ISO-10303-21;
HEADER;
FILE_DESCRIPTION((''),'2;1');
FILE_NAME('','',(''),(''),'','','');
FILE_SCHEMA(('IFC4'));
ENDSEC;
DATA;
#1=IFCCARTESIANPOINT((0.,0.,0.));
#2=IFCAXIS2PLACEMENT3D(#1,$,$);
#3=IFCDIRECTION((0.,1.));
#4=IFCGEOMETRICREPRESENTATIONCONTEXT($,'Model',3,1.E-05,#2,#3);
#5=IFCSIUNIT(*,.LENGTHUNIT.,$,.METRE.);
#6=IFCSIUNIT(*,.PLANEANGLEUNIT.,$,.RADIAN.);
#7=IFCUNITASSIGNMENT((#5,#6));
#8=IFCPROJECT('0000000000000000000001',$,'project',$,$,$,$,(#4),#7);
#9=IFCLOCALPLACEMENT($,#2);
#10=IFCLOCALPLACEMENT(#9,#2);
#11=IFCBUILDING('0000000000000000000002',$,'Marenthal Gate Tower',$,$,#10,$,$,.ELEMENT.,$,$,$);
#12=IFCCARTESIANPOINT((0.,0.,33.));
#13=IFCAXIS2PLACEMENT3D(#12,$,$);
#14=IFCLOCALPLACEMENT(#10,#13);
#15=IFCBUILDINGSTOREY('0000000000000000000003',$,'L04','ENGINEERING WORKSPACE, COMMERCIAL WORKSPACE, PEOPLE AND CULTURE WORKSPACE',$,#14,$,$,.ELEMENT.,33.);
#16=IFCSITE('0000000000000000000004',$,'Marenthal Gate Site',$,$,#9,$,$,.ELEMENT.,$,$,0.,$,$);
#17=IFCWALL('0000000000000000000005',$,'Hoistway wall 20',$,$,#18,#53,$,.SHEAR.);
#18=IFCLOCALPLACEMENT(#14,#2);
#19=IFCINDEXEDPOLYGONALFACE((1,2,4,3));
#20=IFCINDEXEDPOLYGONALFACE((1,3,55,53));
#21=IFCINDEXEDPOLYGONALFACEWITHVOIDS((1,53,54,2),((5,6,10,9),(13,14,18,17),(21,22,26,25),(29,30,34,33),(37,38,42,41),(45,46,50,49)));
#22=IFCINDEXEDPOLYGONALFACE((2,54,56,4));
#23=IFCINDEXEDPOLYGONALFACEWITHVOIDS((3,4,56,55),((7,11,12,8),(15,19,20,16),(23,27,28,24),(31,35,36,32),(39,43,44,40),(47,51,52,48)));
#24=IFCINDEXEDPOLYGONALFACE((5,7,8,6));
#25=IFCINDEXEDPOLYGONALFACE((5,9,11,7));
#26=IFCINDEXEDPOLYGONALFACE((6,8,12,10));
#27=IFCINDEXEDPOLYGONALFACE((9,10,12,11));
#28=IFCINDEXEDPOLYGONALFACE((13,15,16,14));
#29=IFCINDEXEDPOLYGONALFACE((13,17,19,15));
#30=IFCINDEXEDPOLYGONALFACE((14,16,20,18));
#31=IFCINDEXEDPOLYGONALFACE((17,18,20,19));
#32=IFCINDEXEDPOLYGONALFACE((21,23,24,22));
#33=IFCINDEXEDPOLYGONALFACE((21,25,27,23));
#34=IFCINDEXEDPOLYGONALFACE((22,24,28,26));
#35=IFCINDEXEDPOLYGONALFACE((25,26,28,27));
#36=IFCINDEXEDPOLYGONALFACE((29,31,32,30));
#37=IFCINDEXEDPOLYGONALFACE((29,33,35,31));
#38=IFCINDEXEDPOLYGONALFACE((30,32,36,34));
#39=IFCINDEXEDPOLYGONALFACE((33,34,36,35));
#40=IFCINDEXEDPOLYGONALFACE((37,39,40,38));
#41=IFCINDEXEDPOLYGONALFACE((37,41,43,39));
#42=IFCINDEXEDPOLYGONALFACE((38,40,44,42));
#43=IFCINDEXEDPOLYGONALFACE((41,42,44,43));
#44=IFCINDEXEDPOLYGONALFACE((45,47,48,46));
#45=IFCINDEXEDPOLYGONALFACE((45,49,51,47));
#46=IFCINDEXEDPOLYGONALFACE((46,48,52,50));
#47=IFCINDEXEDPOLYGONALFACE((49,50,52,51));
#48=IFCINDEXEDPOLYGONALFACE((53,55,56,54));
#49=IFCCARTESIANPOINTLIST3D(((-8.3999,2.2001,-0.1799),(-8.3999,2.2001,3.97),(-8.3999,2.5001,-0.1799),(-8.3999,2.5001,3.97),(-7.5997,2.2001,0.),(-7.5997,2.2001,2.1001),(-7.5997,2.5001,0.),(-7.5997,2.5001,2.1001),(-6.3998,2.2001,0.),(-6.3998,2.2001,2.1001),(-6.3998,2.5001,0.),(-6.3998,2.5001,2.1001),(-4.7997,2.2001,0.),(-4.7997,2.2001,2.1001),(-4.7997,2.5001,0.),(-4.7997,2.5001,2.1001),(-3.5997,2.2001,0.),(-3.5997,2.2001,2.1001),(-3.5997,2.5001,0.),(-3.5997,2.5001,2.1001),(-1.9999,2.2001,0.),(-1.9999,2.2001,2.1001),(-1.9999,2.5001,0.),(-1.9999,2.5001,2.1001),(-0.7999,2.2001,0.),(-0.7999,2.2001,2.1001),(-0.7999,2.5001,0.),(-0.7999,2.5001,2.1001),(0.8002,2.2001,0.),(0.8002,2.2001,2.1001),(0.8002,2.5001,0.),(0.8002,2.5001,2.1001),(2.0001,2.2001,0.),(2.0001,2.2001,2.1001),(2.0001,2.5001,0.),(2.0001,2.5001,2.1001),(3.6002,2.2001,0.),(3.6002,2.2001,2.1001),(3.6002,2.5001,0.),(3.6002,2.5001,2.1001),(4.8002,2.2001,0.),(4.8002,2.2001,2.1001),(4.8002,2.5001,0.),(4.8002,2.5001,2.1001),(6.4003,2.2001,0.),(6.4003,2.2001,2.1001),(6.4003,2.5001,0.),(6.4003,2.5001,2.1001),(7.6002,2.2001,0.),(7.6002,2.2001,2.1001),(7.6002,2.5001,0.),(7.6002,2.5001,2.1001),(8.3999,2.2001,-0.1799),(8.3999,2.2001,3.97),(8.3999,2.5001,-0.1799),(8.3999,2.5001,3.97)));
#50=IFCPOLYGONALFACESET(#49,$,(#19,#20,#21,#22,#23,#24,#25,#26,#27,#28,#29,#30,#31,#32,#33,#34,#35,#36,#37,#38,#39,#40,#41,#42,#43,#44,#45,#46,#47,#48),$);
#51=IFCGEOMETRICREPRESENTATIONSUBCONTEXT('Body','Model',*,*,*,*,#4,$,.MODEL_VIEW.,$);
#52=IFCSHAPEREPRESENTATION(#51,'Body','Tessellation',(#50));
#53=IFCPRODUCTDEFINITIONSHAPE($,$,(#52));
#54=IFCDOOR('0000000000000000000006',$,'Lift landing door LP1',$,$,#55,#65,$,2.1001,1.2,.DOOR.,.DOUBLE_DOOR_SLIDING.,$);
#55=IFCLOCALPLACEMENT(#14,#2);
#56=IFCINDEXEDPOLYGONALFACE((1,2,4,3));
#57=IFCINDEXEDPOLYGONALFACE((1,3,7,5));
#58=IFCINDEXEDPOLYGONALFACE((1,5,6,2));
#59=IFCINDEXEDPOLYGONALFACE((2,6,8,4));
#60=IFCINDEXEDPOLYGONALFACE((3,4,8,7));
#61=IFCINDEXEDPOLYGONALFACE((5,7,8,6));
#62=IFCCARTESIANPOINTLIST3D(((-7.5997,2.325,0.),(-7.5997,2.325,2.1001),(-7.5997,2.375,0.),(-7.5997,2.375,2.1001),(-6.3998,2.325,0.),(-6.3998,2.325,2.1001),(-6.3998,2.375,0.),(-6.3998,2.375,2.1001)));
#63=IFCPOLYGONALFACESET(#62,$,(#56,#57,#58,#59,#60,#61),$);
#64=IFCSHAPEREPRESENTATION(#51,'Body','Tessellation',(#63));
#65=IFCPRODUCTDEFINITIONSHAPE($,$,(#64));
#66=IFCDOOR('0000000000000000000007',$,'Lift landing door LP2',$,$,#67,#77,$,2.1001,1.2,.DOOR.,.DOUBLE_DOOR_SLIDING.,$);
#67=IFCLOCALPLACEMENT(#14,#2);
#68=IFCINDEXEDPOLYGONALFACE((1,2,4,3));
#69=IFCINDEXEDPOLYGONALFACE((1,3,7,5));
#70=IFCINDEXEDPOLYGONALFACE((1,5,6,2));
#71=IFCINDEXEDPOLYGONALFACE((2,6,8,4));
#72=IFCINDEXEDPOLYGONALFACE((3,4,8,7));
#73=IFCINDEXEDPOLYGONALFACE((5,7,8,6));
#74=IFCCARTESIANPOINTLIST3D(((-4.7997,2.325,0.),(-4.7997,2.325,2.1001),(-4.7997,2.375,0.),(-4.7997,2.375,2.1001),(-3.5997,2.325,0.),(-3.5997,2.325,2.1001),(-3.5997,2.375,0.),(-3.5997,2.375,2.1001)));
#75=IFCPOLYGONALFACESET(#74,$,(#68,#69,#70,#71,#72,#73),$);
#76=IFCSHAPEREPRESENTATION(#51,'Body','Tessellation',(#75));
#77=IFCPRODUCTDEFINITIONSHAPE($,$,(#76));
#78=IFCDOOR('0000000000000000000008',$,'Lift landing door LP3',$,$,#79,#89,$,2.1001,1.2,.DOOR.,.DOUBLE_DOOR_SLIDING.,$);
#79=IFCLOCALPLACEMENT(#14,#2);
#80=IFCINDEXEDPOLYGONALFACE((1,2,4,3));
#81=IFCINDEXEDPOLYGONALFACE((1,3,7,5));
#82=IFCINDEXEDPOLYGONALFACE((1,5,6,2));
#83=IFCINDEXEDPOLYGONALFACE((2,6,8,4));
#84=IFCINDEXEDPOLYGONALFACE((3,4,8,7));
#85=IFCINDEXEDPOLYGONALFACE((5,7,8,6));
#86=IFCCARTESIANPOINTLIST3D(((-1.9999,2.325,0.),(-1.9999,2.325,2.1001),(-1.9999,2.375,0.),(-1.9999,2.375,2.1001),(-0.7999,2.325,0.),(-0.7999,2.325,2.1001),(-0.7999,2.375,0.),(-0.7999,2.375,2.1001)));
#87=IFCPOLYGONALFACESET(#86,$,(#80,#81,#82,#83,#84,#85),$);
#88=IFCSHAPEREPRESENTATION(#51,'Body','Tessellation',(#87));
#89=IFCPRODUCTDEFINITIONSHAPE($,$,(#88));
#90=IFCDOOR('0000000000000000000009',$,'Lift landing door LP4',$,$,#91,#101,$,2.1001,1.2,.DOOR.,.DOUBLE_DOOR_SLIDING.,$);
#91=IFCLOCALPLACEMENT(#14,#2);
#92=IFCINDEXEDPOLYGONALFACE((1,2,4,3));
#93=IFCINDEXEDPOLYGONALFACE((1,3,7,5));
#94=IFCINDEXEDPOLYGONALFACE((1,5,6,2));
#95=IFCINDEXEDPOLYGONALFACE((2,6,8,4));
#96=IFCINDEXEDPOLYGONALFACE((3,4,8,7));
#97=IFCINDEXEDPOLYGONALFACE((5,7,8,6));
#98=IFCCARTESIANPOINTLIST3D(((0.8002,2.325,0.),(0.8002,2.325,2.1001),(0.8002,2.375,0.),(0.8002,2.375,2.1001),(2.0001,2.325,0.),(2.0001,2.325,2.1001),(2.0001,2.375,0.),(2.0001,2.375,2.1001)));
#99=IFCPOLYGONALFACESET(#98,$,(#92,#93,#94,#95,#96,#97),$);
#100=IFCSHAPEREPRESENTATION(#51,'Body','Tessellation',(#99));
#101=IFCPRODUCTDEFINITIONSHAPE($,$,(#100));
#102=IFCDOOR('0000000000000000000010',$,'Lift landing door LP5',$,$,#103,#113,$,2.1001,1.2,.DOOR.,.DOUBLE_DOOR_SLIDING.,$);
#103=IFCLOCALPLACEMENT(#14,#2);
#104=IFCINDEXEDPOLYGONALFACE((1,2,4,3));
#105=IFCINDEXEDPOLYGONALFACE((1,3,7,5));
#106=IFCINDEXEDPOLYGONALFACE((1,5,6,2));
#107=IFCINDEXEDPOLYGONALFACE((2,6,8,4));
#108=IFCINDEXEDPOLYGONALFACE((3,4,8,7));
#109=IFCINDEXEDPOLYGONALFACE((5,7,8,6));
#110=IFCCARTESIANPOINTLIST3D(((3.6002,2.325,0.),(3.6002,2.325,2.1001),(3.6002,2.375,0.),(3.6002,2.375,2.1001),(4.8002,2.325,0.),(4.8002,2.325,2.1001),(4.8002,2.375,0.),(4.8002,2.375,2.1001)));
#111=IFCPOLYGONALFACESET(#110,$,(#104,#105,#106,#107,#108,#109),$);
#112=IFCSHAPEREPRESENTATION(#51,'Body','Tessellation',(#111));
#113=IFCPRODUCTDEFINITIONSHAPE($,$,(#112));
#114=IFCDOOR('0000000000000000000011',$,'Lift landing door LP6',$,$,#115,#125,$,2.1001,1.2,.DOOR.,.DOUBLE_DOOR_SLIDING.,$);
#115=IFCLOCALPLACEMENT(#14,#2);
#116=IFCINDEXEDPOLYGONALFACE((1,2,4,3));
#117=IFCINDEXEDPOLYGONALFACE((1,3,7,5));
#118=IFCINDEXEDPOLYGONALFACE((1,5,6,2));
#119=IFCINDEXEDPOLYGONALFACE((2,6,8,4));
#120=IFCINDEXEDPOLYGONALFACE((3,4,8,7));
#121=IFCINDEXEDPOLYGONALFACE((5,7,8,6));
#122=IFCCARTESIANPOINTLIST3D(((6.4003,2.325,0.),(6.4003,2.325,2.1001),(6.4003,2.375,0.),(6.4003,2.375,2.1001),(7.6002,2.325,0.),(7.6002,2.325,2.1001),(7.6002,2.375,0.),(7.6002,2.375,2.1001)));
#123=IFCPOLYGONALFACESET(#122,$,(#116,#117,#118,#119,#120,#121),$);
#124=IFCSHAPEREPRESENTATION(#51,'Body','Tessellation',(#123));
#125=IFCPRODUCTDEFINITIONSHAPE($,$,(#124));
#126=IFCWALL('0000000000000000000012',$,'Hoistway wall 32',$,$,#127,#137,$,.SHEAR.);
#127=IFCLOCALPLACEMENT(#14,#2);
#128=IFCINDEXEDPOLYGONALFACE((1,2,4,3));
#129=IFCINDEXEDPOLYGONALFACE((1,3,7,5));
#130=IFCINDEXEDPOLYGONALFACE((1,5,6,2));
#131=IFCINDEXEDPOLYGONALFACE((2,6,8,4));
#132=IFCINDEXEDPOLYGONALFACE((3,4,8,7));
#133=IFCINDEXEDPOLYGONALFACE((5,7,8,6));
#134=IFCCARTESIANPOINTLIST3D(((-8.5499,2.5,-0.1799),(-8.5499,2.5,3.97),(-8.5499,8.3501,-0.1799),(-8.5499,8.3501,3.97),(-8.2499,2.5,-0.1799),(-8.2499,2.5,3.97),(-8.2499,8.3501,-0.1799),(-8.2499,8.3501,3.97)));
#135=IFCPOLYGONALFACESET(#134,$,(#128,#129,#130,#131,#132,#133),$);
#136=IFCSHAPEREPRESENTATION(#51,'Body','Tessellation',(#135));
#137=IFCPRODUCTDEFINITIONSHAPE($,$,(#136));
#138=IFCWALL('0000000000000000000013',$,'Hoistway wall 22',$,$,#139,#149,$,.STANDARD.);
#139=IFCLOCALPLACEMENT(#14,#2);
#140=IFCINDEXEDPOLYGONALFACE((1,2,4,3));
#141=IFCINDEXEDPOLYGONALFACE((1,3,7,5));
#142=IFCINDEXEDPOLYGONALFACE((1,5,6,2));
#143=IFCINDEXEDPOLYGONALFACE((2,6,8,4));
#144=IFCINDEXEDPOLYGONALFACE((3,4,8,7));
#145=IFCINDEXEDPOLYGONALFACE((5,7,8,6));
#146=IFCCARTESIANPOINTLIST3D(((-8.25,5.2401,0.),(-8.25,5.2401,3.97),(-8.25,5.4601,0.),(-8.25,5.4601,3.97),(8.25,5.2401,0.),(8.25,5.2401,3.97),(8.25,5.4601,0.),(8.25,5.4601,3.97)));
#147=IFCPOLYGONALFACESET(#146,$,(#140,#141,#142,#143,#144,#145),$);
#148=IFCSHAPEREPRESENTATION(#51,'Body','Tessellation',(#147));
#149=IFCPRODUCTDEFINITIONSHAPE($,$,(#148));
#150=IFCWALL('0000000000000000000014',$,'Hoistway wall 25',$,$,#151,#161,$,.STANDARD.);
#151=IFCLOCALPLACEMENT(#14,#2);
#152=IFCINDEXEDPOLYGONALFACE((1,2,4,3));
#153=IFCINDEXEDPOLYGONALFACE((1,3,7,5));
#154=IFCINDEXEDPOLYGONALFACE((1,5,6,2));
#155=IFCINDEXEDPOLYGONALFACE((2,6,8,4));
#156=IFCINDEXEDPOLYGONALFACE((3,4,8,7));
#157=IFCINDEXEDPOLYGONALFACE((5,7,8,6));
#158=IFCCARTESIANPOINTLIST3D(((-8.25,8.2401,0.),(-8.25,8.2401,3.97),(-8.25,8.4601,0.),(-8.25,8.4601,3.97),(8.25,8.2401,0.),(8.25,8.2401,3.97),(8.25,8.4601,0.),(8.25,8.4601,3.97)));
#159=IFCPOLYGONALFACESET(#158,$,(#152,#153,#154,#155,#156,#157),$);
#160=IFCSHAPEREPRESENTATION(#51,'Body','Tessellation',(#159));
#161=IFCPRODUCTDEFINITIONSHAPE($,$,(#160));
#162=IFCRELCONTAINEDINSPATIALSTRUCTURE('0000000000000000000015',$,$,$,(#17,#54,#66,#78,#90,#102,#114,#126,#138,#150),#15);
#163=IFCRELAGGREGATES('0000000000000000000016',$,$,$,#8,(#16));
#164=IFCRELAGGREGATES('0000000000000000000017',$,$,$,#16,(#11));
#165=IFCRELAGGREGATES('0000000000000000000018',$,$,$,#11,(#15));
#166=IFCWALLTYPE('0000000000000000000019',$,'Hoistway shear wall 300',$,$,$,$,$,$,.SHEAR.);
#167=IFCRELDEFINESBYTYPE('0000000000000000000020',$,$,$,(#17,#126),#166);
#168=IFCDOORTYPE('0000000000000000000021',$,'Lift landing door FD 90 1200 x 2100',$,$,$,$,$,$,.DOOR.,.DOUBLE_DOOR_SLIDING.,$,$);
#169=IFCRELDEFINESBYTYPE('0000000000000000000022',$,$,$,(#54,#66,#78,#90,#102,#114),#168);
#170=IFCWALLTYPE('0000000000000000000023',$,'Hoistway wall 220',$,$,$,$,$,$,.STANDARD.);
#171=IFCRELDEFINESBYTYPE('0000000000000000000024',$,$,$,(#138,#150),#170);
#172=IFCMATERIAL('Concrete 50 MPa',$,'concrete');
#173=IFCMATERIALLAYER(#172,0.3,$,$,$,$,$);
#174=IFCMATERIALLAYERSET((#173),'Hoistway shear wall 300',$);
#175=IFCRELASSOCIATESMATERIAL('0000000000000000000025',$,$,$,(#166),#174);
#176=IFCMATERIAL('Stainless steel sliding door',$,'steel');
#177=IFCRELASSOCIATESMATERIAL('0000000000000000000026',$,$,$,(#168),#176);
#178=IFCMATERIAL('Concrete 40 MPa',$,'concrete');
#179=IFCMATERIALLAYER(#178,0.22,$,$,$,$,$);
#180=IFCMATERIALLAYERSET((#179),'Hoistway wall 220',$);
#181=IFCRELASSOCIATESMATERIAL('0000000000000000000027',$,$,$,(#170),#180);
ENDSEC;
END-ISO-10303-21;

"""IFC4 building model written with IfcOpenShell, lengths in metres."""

from ifc_helpers import new_model, si_unit, direction, frame, frame_2d, origin, place, context, subcontext, project, spatial, rectangle, extrude, material, layer, layer_set, type_object, element, fill, save


model = new_model("IFC4")

# Units and contexts
model_context = context("Model", 3, precision=1e-05, world=origin(), true_north=direction((0.0, 1.0)))
body_context = subcontext(model_context, "Body", "Model", "MODEL_VIEW")
ifc_project = project(units=[si_unit("LENGTHUNIT", "METRE"), si_unit("PLANEANGLEUNIT", "RADIAN")], contexts=[model_context])

# Site, building, storey
site_placement = place(None, origin())
site = spatial("IfcSite", under=ifc_project, at=site_placement, Name="Marenthal Gate Site", CompositionType="ELEMENT", RefElevation=0.0)
building_placement = place(site_placement, origin())
building = spatial("IfcBuilding", under=site, at=building_placement, Name="Marenthal Gate Tower", CompositionType="ELEMENT")
storey_placement = place(building_placement, frame((0.0, 0.0, 33.0)))
storey = spatial("IfcBuildingStorey", under=building, at=storey_placement, Name="L04", Description="ENGINEERING WORKSPACE, COMMERCIAL WORKSPACE, PEOPLE AND CULTURE WORKSPACE", CompositionType="ELEMENT", Elevation=33.0)

# Wall, openings, doors
ifc_material_1 = material(Name="Concrete 50 MPa", Category="concrete")
ifc_layer_1 = layer(ifc_material_1, 0.3)
ifc_layer_set_1 = layer_set([ifc_layer_1], Name="Hoistway shear wall 300")
wall_type_1 = type_object("IfcWallType", Name="Hoistway shear wall 300", PredefinedType="SHEAR", material=ifc_layer_set_1)
wall_1_placement = place(storey_placement, frame((-8.3999, 2.3501, -0.1799), z_axis=(0.0, 0.0, 1.0), x_axis=(1.0, 0.0, 0.0)))
wall_1 = element("IfcWall", 1, at=wall_1_placement, inside=storey, type_object=wall_type_1, Name="Hoistway wall 20", PredefinedType="SHEAR", context=body_context, shape_type="SweptSolid", body=[
    extrude(rectangle(XDim=16.7998, YDim=0.3, at=frame_2d((8.3999, 0.0))), origin(), (0.0, 0.0, 1.0), 4.1499),
])
opening_1_placement = place(wall_1_placement, frame((0.8, 0.0, 0.1799)))
opening_1 = element("IfcOpeningElement", 2, at=opening_1_placement, cuts=wall_1, PredefinedType="OPENING", context=body_context, shape_type="SweptSolid", body=[
    extrude(rectangle(XDim=1.2, YDim=2.1001, at=frame_2d((0.6001, 1.05))), frame((0.0, 0.1602, 0.0), z_axis=(0.0, -1.0, 0.0), x_axis=(1.0, 0.0, 0.0)), (0.0, 0.0, 1.0), 0.3201),
])
opening_2_placement = place(wall_1_placement, frame((3.6001, 0.0, 0.1799)))
opening_2 = element("IfcOpeningElement", 3, at=opening_2_placement, cuts=wall_1, PredefinedType="OPENING", context=body_context, shape_type="SweptSolid", body=[
    extrude(rectangle(XDim=1.2, YDim=2.1001, at=frame_2d((0.6001, 1.05))), frame((0.0, 0.1602, 0.0), z_axis=(0.0, -1.0, 0.0), x_axis=(1.0, 0.0, 0.0)), (0.0, 0.0, 1.0), 0.3201),
])
opening_3_placement = place(wall_1_placement, frame((6.3999, 0.0, 0.1799)))
opening_3 = element("IfcOpeningElement", 4, at=opening_3_placement, cuts=wall_1, PredefinedType="OPENING", context=body_context, shape_type="SweptSolid", body=[
    extrude(rectangle(XDim=1.2, YDim=2.1001, at=frame_2d((0.6001, 1.05))), frame((0.0, 0.1602, 0.0), z_axis=(0.0, -1.0, 0.0), x_axis=(1.0, 0.0, 0.0)), (0.0, 0.0, 1.0), 0.3201),
])
opening_4_placement = place(wall_1_placement, frame((9.2, 0.0, 0.1799)))
opening_4 = element("IfcOpeningElement", 5, at=opening_4_placement, cuts=wall_1, PredefinedType="OPENING", context=body_context, shape_type="SweptSolid", body=[
    extrude(rectangle(XDim=1.2, YDim=2.1001, at=frame_2d((0.6001, 1.05))), frame((0.0, 0.1602, 0.0), z_axis=(0.0, -1.0, 0.0), x_axis=(1.0, 0.0, 0.0)), (0.0, 0.0, 1.0), 0.3201),
])
opening_5_placement = place(wall_1_placement, frame((12.0, 0.0, 0.1799)))
opening_5 = element("IfcOpeningElement", 6, at=opening_5_placement, cuts=wall_1, PredefinedType="OPENING", context=body_context, shape_type="SweptSolid", body=[
    extrude(rectangle(XDim=1.2, YDim=2.1001, at=frame_2d((0.6001, 1.05))), frame((0.0, 0.1602, 0.0), z_axis=(0.0, -1.0, 0.0), x_axis=(1.0, 0.0, 0.0)), (0.0, 0.0, 1.0), 0.3201),
])
opening_6_placement = place(wall_1_placement, frame((14.8, 0.0, 0.1799)))
opening_6 = element("IfcOpeningElement", 7, at=opening_6_placement, cuts=wall_1, PredefinedType="OPENING", context=body_context, shape_type="SweptSolid", body=[
    extrude(rectangle(XDim=1.2, YDim=2.1001, at=frame_2d((0.6001, 1.05))), frame((0.0, 0.1602, 0.0), z_axis=(0.0, -1.0, 0.0), x_axis=(1.0, 0.0, 0.0)), (0.0, 0.0, 1.0), 0.3201),
])
ifc_material_2 = material(Name="Stainless steel sliding door", Category="steel")
door_type_1 = type_object("IfcDoorType", Name="Lift landing door FD 90 1200 x 2100", OperationType="DOUBLE_DOOR_SLIDING", PredefinedType="DOOR", material=ifc_material_2)
door_1_placement = place(opening_1_placement, origin())
door_1 = element("IfcDoor", 8, at=door_1_placement, inside=storey, type_object=door_type_1, Name="Lift landing door LP1", OperationType="DOUBLE_DOOR_SLIDING", OverallHeight=2.1001, OverallWidth=1.2, PredefinedType="DOOR", context=body_context, shape_type="SweptSolid", body=[
    extrude(rectangle(XDim=1.2, YDim=2.1001, at=frame_2d((0.6001, 1.05))), frame((0.0, 0.0249, 0.0), z_axis=(0.0, -1.0, 0.0), x_axis=(1.0, 0.0, 0.0)), (0.0, 0.0, 1.0), 0.05),
])
fill(opening_1, door_1)
door_2_placement = place(opening_2_placement, origin())
door_2 = element("IfcDoor", 9, at=door_2_placement, inside=storey, type_object=door_type_1, Name="Lift landing door LP2", OperationType="DOUBLE_DOOR_SLIDING", OverallHeight=2.1001, OverallWidth=1.2, PredefinedType="DOOR", context=body_context, shape_type="SweptSolid", body=[
    extrude(rectangle(XDim=1.2, YDim=2.1001, at=frame_2d((0.6001, 1.05))), frame((0.0, 0.0249, 0.0), z_axis=(0.0, -1.0, 0.0), x_axis=(1.0, 0.0, 0.0)), (0.0, 0.0, 1.0), 0.05),
])
fill(opening_2, door_2)
door_3_placement = place(opening_3_placement, origin())
door_3 = element("IfcDoor", 10, at=door_3_placement, inside=storey, type_object=door_type_1, Name="Lift landing door LP3", OperationType="DOUBLE_DOOR_SLIDING", OverallHeight=2.1001, OverallWidth=1.2, PredefinedType="DOOR", context=body_context, shape_type="SweptSolid", body=[
    extrude(rectangle(XDim=1.2, YDim=2.1001, at=frame_2d((0.6001, 1.05))), frame((0.0, 0.0249, 0.0), z_axis=(0.0, -1.0, 0.0), x_axis=(1.0, 0.0, 0.0)), (0.0, 0.0, 1.0), 0.05),
])
fill(opening_3, door_3)
door_4_placement = place(opening_4_placement, origin())
door_4 = element("IfcDoor", 11, at=door_4_placement, inside=storey, type_object=door_type_1, Name="Lift landing door LP4", OperationType="DOUBLE_DOOR_SLIDING", OverallHeight=2.1001, OverallWidth=1.2, PredefinedType="DOOR", context=body_context, shape_type="SweptSolid", body=[
    extrude(rectangle(XDim=1.2, YDim=2.1001, at=frame_2d((0.6001, 1.05))), frame((0.0, 0.0249, 0.0), z_axis=(0.0, -1.0, 0.0), x_axis=(1.0, 0.0, 0.0)), (0.0, 0.0, 1.0), 0.05),
])
fill(opening_4, door_4)
door_5_placement = place(opening_5_placement, origin())
door_5 = element("IfcDoor", 12, at=door_5_placement, inside=storey, type_object=door_type_1, Name="Lift landing door LP5", OperationType="DOUBLE_DOOR_SLIDING", OverallHeight=2.1001, OverallWidth=1.2, PredefinedType="DOOR", context=body_context, shape_type="SweptSolid", body=[
    extrude(rectangle(XDim=1.2, YDim=2.1001, at=frame_2d((0.6001, 1.05))), frame((0.0, 0.0249, 0.0), z_axis=(0.0, -1.0, 0.0), x_axis=(1.0, 0.0, 0.0)), (0.0, 0.0, 1.0), 0.05),
])
fill(opening_5, door_5)
door_6_placement = place(opening_6_placement, origin())
door_6 = element("IfcDoor", 13, at=door_6_placement, inside=storey, type_object=door_type_1, Name="Lift landing door LP6", OperationType="DOUBLE_DOOR_SLIDING", OverallHeight=2.1001, OverallWidth=1.2, PredefinedType="DOOR", context=body_context, shape_type="SweptSolid", body=[
    extrude(rectangle(XDim=1.2, YDim=2.1001, at=frame_2d((0.6001, 1.05))), frame((0.0, 0.0249, 0.0), z_axis=(0.0, -1.0, 0.0), x_axis=(1.0, 0.0, 0.0)), (0.0, 0.0, 1.0), 0.05),
])
fill(opening_6, door_6)

# Walls
wall_2_placement = place(storey_placement, frame((-8.3999, 2.5, -0.1799), z_axis=(0.0, 0.0, 1.0), x_axis=(0.0, 1.0, 0.0)))
element("IfcWall", 14, at=wall_2_placement, inside=storey, type_object=wall_type_1, Name="Hoistway wall 32", PredefinedType="SHEAR", context=body_context, shape_type="SweptSolid", body=[
    extrude(rectangle(XDim=5.8501, YDim=0.3, at=frame_2d((2.925, 0.0))), origin(), (0.0, 0.0, 1.0), 4.1499),
])
ifc_material_3 = material(Name="Concrete 40 MPa", Category="concrete")
ifc_layer_2 = layer(ifc_material_3, 0.22)
ifc_layer_set_2 = layer_set([ifc_layer_2], Name="Hoistway wall 220")
wall_type_2 = type_object("IfcWallType", Name="Hoistway wall 220", PredefinedType="STANDARD", material=ifc_layer_set_2)
for number, where, z_axis, x_axis, name in (
    (15, (-8.25, 5.3501, 0.0), (0.0, 0.0, 1.0), (1.0, 0.0, 0.0), "Hoistway wall 22"),
    (16, (-8.25, 8.3501, 0.0), (0.0, 0.0, 1.0), (1.0, 0.0, 0.0), "Hoistway wall 25"),
):
    element("IfcWall", number, at=place(storey_placement, frame(where, z_axis=z_axis, x_axis=x_axis)), inside=storey, type_object=wall_type_2, Name=name, PredefinedType="STANDARD", context=body_context, shape_type="SweptSolid", body=[
        extrude(rectangle(XDim=16.5, YDim=0.22, at=frame_2d((8.25, 0.0))), origin(), (0.0, 0.0, 1.0), 3.97),
    ])

save(model, "model.ifc")
